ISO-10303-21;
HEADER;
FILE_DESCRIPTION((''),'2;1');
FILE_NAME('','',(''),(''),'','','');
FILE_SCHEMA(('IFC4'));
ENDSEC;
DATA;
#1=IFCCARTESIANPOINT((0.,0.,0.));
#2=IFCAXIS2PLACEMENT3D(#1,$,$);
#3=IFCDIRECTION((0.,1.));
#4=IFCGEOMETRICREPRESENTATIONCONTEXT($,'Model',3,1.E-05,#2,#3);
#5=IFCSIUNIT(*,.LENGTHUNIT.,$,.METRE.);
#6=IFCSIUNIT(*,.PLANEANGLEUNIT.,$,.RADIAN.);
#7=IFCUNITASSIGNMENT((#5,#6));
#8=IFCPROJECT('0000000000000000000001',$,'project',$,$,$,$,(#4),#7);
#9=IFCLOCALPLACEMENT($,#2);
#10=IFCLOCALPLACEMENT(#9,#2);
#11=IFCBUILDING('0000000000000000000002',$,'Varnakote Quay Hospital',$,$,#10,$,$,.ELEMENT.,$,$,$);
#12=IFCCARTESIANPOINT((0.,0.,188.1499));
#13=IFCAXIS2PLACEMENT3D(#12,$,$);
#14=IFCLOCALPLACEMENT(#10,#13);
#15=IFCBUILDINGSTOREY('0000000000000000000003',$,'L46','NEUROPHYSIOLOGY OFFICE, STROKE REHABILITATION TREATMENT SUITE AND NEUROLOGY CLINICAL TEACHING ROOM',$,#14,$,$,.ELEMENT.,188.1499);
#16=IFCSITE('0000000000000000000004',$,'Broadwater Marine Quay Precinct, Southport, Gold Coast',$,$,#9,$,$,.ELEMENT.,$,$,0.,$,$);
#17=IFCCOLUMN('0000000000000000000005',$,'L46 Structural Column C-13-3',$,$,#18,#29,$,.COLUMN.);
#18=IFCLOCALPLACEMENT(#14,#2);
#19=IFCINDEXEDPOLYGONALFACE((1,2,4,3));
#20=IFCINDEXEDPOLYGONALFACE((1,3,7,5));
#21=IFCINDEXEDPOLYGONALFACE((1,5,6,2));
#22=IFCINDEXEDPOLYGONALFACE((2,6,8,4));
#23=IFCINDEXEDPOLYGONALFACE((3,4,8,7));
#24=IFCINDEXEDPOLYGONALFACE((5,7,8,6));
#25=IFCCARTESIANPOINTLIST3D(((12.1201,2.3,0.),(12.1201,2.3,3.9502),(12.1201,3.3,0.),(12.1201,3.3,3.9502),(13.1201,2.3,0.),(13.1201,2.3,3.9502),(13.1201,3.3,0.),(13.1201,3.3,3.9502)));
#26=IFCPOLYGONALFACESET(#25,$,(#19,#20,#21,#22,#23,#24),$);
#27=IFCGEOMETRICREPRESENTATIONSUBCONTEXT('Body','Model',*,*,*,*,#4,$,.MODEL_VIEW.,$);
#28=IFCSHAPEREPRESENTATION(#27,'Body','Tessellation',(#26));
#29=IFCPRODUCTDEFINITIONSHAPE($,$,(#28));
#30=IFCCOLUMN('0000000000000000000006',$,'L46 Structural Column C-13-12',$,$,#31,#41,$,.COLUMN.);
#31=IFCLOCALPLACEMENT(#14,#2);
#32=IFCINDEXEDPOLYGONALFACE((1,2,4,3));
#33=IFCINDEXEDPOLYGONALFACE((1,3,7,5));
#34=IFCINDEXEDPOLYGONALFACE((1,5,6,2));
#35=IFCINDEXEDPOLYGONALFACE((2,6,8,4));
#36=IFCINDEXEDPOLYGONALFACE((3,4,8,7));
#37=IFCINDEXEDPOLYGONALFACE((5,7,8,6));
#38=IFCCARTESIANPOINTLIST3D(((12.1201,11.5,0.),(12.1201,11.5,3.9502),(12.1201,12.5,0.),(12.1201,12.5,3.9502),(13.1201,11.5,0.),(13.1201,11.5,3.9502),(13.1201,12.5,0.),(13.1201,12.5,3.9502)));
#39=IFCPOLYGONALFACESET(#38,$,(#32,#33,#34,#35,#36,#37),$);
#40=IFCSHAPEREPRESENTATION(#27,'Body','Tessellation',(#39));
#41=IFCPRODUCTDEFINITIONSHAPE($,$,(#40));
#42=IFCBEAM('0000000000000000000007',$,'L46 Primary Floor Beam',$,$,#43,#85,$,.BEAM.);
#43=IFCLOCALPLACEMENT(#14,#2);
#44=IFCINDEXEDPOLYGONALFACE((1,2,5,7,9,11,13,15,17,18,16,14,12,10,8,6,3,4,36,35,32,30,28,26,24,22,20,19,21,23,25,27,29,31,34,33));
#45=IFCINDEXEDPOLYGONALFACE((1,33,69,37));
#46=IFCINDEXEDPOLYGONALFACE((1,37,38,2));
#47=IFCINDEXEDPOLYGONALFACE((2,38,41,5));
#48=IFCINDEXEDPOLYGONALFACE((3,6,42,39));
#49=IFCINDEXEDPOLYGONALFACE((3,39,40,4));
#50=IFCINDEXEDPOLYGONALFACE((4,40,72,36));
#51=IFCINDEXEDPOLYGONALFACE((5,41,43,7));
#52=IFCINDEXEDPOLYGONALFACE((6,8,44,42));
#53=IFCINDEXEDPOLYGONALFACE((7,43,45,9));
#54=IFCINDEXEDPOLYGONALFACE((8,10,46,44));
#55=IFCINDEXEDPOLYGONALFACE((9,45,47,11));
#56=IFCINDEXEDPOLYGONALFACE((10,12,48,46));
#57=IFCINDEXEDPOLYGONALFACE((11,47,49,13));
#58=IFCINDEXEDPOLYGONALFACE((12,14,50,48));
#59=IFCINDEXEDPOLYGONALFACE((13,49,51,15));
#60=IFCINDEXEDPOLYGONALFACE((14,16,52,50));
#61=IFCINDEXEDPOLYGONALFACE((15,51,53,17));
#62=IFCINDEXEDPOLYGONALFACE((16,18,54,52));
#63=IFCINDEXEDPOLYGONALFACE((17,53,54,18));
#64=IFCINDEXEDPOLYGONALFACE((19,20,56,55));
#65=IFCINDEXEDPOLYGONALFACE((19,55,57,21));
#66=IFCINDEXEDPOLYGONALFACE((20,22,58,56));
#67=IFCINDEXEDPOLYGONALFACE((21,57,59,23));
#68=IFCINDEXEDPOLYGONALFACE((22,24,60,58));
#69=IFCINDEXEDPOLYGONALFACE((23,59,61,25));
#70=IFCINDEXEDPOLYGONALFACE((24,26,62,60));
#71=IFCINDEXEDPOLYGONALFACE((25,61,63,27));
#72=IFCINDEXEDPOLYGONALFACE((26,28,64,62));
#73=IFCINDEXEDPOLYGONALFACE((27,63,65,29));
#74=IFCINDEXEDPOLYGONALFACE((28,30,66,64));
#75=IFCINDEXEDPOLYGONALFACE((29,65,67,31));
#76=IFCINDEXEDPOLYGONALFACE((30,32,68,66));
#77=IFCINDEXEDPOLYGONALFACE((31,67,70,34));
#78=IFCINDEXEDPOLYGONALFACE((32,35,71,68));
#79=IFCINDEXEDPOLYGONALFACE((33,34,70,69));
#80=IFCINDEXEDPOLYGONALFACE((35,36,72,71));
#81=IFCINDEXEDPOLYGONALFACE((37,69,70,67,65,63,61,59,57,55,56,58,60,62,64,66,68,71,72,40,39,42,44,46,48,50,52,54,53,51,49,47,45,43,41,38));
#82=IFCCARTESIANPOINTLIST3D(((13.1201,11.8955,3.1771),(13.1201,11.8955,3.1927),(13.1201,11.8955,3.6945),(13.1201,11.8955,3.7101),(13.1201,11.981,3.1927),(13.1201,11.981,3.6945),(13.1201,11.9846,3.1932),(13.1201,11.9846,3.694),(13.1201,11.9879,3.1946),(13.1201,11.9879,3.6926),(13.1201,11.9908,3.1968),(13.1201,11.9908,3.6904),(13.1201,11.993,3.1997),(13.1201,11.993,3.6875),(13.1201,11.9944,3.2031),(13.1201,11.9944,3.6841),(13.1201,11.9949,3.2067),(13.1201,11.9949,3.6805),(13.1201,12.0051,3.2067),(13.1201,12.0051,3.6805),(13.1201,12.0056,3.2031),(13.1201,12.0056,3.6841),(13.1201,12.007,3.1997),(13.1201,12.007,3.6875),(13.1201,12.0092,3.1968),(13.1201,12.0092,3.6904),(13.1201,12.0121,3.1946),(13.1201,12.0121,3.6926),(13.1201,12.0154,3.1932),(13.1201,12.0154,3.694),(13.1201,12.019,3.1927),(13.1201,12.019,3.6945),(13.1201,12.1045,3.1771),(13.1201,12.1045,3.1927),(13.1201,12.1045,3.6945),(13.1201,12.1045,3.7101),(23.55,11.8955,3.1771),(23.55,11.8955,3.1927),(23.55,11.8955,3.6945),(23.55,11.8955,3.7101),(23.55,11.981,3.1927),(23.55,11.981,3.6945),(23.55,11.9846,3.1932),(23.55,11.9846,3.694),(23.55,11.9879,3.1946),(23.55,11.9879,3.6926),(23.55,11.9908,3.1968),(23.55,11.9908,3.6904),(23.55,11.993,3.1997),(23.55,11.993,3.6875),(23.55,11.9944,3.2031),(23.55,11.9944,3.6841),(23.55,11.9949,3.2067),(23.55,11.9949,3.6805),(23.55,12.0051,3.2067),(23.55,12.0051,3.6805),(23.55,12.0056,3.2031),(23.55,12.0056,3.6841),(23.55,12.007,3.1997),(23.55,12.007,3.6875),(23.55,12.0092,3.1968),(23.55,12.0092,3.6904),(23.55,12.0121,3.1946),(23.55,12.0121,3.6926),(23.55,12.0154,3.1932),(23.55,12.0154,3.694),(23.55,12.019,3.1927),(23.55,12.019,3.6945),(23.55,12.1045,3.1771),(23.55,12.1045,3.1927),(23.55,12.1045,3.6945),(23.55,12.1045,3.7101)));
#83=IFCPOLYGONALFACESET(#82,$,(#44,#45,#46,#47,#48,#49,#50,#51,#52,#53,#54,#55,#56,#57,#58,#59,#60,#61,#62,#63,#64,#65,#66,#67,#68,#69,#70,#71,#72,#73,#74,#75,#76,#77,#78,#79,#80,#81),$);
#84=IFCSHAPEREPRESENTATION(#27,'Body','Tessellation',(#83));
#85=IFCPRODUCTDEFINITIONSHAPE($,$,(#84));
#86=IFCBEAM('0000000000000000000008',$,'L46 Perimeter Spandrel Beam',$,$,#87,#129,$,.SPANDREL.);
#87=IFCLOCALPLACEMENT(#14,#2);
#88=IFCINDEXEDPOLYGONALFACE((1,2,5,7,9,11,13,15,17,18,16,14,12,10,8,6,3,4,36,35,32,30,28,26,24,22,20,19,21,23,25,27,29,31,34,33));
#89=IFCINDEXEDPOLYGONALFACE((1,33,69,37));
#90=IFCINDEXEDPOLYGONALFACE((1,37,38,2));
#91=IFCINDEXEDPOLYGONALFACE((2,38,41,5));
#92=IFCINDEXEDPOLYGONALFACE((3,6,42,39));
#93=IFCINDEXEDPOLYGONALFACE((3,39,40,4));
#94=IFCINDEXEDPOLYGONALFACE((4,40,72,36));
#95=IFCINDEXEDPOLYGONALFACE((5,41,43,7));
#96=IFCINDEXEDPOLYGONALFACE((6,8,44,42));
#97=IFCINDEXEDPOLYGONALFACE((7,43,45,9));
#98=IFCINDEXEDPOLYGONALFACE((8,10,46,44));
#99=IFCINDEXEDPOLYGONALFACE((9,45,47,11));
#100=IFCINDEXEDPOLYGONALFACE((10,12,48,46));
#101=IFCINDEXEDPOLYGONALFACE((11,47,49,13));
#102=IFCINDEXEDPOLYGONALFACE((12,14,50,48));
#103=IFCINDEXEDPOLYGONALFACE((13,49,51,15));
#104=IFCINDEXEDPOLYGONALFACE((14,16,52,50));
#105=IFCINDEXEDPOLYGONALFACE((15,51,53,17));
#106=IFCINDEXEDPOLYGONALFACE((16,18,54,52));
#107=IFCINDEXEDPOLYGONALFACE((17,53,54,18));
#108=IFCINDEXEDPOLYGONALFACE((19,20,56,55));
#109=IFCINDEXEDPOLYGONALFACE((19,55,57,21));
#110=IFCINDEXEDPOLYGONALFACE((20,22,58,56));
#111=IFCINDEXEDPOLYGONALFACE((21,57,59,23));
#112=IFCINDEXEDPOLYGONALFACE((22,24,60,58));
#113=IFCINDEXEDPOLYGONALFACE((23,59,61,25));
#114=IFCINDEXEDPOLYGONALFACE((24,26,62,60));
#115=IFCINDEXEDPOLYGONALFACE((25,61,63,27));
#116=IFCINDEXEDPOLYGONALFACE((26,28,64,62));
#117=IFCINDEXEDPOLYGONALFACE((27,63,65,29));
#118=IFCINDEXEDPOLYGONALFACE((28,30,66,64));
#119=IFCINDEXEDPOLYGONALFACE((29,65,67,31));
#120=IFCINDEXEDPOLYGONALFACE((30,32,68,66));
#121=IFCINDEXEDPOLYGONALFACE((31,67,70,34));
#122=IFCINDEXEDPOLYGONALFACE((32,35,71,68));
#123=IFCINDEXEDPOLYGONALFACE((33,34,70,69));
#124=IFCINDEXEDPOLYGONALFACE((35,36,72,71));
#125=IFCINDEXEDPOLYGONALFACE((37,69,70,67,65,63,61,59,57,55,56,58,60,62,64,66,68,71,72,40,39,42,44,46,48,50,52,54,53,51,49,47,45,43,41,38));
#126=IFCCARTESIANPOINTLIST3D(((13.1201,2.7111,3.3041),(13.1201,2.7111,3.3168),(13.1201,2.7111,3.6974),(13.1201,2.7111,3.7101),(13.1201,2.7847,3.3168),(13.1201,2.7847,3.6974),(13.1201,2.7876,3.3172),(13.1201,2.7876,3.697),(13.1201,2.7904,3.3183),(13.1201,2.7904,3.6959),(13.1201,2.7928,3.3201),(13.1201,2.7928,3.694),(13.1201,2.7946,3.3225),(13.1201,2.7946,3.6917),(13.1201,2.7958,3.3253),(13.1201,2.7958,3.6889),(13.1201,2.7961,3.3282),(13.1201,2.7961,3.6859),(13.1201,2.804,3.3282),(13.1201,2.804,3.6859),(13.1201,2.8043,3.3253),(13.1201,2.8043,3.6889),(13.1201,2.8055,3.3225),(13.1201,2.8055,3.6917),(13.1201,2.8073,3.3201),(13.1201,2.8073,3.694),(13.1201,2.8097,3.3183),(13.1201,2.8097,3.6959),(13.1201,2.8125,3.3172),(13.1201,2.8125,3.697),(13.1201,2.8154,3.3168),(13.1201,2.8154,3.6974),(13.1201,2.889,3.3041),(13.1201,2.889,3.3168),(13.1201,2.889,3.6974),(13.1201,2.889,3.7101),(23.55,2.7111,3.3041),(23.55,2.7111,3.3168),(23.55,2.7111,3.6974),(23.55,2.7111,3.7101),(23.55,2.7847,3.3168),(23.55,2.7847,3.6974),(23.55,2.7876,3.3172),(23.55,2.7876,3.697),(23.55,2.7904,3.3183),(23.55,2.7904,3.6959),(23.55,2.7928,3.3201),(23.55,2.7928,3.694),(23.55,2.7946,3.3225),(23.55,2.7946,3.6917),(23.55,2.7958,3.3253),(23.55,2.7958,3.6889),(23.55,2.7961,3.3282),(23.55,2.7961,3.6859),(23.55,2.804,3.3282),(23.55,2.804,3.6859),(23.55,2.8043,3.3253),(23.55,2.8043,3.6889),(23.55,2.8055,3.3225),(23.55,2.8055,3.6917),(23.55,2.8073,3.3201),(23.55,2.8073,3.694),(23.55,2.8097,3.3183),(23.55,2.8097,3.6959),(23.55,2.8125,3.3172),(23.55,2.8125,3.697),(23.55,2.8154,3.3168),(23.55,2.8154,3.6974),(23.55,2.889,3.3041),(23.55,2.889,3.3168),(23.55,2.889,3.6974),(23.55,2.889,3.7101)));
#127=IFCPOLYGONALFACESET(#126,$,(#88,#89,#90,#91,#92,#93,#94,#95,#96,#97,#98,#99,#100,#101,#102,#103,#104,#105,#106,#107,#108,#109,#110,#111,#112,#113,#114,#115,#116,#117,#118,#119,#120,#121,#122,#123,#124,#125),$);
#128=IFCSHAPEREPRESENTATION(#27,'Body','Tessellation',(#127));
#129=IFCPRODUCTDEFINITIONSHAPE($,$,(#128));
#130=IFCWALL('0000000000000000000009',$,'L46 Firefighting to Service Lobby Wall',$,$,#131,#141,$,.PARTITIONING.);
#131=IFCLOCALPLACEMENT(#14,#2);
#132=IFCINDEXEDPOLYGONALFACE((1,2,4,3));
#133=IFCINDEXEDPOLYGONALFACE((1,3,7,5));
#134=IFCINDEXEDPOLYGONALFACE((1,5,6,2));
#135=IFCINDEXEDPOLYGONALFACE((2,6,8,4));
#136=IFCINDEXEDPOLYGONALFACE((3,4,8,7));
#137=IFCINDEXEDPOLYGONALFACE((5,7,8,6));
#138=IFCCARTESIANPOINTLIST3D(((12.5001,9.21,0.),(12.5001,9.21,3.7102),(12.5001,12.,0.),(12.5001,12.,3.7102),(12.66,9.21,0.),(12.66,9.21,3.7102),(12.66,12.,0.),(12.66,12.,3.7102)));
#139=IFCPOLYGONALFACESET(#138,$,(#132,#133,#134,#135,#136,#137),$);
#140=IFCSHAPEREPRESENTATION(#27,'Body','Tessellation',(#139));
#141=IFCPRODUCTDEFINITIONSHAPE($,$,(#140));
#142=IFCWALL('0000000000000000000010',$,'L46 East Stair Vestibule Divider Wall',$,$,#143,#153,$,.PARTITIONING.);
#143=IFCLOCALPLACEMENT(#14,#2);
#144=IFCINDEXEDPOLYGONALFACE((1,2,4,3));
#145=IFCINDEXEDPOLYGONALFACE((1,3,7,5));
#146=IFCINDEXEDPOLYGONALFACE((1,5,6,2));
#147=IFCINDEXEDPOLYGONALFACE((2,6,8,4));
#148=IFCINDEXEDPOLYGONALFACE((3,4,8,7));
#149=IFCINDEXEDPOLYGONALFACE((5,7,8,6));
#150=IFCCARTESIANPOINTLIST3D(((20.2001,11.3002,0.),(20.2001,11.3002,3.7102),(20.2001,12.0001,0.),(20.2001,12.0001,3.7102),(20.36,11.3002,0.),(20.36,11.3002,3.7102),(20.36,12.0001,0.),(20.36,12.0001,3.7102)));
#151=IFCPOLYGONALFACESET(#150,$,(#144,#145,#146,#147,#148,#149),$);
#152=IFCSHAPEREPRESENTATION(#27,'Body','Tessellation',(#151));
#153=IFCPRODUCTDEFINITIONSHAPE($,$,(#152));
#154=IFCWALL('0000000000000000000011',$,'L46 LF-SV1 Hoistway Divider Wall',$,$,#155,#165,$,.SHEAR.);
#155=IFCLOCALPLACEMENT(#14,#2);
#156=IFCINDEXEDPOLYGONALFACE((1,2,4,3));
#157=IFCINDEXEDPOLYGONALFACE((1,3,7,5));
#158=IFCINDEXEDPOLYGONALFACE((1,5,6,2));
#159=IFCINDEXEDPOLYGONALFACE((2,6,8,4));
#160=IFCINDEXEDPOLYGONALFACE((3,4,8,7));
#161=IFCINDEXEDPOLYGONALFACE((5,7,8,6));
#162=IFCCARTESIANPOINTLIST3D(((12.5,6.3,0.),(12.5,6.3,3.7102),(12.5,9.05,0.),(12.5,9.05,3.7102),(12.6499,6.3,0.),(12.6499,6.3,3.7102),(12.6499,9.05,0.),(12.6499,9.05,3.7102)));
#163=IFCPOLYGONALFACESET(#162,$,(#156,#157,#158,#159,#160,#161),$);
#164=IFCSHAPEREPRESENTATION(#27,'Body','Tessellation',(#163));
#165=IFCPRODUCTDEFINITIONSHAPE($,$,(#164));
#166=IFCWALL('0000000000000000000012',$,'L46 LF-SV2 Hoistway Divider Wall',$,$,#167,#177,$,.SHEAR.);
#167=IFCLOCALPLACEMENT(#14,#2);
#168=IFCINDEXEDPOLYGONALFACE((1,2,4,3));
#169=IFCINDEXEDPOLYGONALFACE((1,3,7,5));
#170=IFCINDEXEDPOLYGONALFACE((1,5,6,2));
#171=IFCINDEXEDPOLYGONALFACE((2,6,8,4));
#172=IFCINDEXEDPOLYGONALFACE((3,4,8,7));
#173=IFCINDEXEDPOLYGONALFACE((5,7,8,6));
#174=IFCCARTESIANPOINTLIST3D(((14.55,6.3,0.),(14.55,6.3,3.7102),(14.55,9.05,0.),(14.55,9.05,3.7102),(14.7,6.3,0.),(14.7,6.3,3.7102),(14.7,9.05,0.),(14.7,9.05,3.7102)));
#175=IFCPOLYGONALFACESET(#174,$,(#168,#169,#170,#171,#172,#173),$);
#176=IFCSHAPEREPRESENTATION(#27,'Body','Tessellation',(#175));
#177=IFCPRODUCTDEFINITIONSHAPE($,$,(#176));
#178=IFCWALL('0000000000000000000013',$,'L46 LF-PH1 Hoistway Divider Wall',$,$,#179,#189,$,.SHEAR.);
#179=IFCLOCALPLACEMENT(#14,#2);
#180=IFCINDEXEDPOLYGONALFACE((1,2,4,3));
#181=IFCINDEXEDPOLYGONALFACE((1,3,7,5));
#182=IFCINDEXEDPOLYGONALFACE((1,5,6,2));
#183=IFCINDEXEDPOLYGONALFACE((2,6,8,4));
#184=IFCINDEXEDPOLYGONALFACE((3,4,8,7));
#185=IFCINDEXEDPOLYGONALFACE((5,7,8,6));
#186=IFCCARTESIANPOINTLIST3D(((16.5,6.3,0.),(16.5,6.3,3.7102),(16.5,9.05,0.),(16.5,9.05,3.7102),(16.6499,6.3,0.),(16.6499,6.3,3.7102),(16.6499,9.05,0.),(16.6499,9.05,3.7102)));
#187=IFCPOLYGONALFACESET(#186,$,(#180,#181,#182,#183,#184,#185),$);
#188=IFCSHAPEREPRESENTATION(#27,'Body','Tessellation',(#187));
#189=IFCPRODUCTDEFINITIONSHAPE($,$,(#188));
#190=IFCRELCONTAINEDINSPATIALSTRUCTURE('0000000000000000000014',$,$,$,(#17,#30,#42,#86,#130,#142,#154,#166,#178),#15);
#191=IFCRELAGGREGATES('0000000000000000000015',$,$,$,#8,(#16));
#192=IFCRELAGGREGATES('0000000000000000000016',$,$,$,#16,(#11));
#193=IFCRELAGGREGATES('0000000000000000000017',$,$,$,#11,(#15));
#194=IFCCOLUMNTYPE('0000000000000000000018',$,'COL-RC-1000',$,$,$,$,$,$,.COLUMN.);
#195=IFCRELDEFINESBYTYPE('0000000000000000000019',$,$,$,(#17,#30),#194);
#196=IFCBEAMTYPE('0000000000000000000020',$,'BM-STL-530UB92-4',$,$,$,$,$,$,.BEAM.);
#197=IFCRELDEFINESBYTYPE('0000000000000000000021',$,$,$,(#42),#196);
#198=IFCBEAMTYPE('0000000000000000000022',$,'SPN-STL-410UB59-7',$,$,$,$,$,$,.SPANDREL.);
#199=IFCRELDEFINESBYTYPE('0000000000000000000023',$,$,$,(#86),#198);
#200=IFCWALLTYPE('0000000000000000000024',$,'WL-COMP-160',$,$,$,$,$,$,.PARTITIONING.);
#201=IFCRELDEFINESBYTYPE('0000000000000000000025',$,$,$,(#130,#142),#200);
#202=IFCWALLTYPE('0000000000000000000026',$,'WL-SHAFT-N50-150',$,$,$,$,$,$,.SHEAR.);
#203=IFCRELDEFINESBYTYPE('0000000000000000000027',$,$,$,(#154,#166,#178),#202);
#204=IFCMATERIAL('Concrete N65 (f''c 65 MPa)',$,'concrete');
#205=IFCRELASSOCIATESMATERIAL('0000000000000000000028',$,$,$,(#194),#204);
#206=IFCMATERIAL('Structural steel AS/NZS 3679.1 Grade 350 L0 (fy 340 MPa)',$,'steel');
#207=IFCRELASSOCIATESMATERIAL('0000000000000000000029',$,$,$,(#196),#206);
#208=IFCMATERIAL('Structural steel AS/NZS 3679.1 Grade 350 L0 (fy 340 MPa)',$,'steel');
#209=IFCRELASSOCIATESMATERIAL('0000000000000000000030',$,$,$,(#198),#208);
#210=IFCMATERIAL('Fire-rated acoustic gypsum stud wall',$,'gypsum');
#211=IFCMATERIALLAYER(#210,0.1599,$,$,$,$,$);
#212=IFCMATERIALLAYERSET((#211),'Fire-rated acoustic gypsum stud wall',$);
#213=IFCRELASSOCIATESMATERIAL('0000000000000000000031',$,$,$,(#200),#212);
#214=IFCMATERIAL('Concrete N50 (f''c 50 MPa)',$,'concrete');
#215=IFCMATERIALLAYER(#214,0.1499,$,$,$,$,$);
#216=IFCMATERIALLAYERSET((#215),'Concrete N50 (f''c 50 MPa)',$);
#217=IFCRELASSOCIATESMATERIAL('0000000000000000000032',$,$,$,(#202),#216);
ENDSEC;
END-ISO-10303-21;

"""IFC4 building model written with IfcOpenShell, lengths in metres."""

from ifc_helpers import new_model, si_unit, direction, frame, frame_2d, origin, origin_2d, place, context, subcontext, project, spatial, rectangle, i_section, extrude, material, layer, layer_set, material_profile, profile_set, type_object, element, save


model = new_model("IFC4")

# Units and contexts
model_context = context("Model", 3, precision=1e-05, world=origin(), true_north=direction((0.0, 1.0)))
body_context = subcontext(model_context, "Body", "Model", "MODEL_VIEW")
ifc_project = project(units=[si_unit("LENGTHUNIT", "METRE"), si_unit("PLANEANGLEUNIT", "RADIAN")], contexts=[model_context])

# Site, building, storey
site_placement = place(None, origin())
site = spatial("IfcSite", under=ifc_project, at=site_placement, Name="Broadwater Marine Quay Precinct, Southport, Gold Coast", CompositionType="ELEMENT", RefElevation=0.0)
building_placement = place(site_placement, origin())
building = spatial("IfcBuilding", under=site, at=building_placement, Name="Varnakote Quay Hospital", CompositionType="ELEMENT")
storey_placement = place(building_placement, frame((0.0, 0.0, 188.1499)))
storey = spatial("IfcBuildingStorey", under=building, at=storey_placement, Name="L46", Description="NEUROPHYSIOLOGY OFFICE, STROKE REHABILITATION TREATMENT SUITE AND NEUROLOGY CLINICAL TEACHING ROOM", CompositionType="ELEMENT", Elevation=188.1499)

# Columns
ifc_material_1 = material(Name="Concrete N65 (f'c 65 MPa)", Category="concrete")
ifc_material_profile_1 = material_profile(ifc_material_1, rectangle(XDim=1.0, YDim=1.0, at=origin_2d()), Name="RC-COL-1000x1000")
ifc_profile_set_1 = profile_set([ifc_material_profile_1], Name="Concrete N65 (f'c 65 MPa)")
column_type = type_object("IfcColumnType", Name="COL-RC-1000", PredefinedType="COLUMN", material=ifc_profile_set_1)
for number, where, z_axis, x_axis, name in (
    (1, (12.6201, 2.8, 0.0), (0.0, 0.0, 1.0), (1.0, 0.0, 0.0), "L46 Structural Column C-13-3"),
    (2, (12.6201, 12.0, 0.0), (0.0, 0.0, 1.0), (1.0, 0.0, 0.0), "L46 Structural Column C-13-12"),
):
    element("IfcColumn", number, at=place(storey_placement, frame(where, z_axis=z_axis, x_axis=x_axis)), inside=storey, type_object=column_type, Name=name, PredefinedType="COLUMN", context=body_context, shape_type="SweptSolid", body=[
        extrude(rectangle(XDim=1.0, YDim=1.0, at=origin_2d()), origin(), (0.0, 0.0, 1.0), 3.9502),
    ])

# Beams
ifc_material_2 = material(Name="Structural steel AS/NZS 3679.1 Grade 350 L0 (fy 340 MPa)", Category="steel")
ifc_material_profile_2 = material_profile(ifc_material_2, i_section(OverallWidth=0.209, OverallDepth=0.533, WebThickness=0.0103, FlangeThickness=0.0156, FilletRadius=0.0139, at=origin_2d()), Name="530UB92.4")
ifc_profile_set_2 = profile_set([ifc_material_profile_2], Name="Structural steel AS/NZS 3679.1 Grade 350 L0 (fy 340 MPa)")
beam_type_1 = type_object("IfcBeamType", Name="BM-STL-530UB92-4", PredefinedType="BEAM", material=ifc_profile_set_2)
beam_1_placement = place(storey_placement, frame((13.1201, 12.0, 3.4436), z_axis=(1.0, 0.0, 0.0), x_axis=(0.0, 1.0, 0.0)))
element("IfcBeam", 3, at=beam_1_placement, inside=storey, type_object=beam_type_1, Name="L46 Primary Floor Beam", PredefinedType="BEAM", context=body_context, shape_type="SweptSolid", body=[
    extrude(i_section(OverallWidth=0.209, OverallDepth=0.533, WebThickness=0.0103, FlangeThickness=0.0156, FilletRadius=0.0139, at=origin_2d()), origin(), (0.0, 0.0, 1.0), 10.4299),
])
ifc_material_3 = material(Name="Structural steel AS/NZS 3679.1 Grade 350 L0 (fy 340 MPa)", Category="steel")
ifc_material_profile_3 = material_profile(ifc_material_3, i_section(OverallWidth=0.178, OverallDepth=0.406, WebThickness=0.0078, FlangeThickness=0.0127, FilletRadius=0.0115, at=origin_2d()), Name="410UB59.7")
ifc_profile_set_3 = profile_set([ifc_material_profile_3], Name="Structural steel AS/NZS 3679.1 Grade 350 L0 (fy 340 MPa)")
beam_type_2 = type_object("IfcBeamType", Name="SPN-STL-410UB59-7", PredefinedType="SPANDREL", material=ifc_profile_set_3)
beam_2_placement = place(storey_placement, frame((13.1201, 2.8, 3.5071), z_axis=(1.0, 0.0, 0.0), x_axis=(0.0, 1.0, 0.0)))
element("IfcBeam", 4, at=beam_2_placement, inside=storey, type_object=beam_type_2, Name="L46 Perimeter Spandrel Beam", PredefinedType="SPANDREL", context=body_context, shape_type="SweptSolid", body=[
    extrude(i_section(OverallWidth=0.178, OverallDepth=0.406, WebThickness=0.0078, FlangeThickness=0.0127, FilletRadius=0.0115, at=origin_2d()), origin(), (0.0, 0.0, 1.0), 10.4299),
])

# Walls
ifc_material_4 = material(Name="Fire-rated acoustic gypsum stud wall", Category="gypsum")
ifc_layer_1 = layer(ifc_material_4, 0.1599)
ifc_layer_set_1 = layer_set([ifc_layer_1], Name="Fire-rated acoustic gypsum stud wall")
wall_type_1 = type_object("IfcWallType", Name="WL-COMP-160", PredefinedType="PARTITIONING", material=ifc_layer_set_1)
wall_1_placement = place(storey_placement, frame((12.5801, 9.21, 0.0), z_axis=(0.0, 0.0, 1.0), x_axis=(0.0, 1.0, 0.0)))
element("IfcWall", 5, at=wall_1_placement, inside=storey, type_object=wall_type_1, Name="L46 Firefighting to Service Lobby Wall", PredefinedType="PARTITIONING", context=body_context, shape_type="SweptSolid", body=[
    extrude(rectangle(XDim=2.79, YDim=0.1599, at=frame_2d((1.395, 0.0))), origin(), (0.0, 0.0, 1.0), 3.7102),
])
wall_2_placement = place(storey_placement, frame((20.28, 11.3, 0.0), z_axis=(0.0, 0.0, 1.0), x_axis=(0.0, 1.0, 0.0)))
element("IfcWall", 6, at=wall_2_placement, inside=storey, type_object=wall_type_1, Name="L46 East Stair Vestibule Divider Wall", PredefinedType="PARTITIONING", context=body_context, shape_type="SweptSolid", body=[
    extrude(rectangle(XDim=0.7, YDim=0.1599, at=frame_2d((0.3501, 0.0))), origin(), (0.0, 0.0, 1.0), 3.7102),
])
ifc_material_5 = material(Name="Concrete N50 (f'c 50 MPa)", Category="concrete")
ifc_layer_2 = layer(ifc_material_5, 0.1499)
ifc_layer_set_2 = layer_set([ifc_layer_2], Name="Concrete N50 (f'c 50 MPa)")
wall_type_2 = type_object("IfcWallType", Name="WL-SHAFT-N50-150", PredefinedType="SHEAR", material=ifc_layer_set_2)
for number, where, z_axis, x_axis, name in (
    (7, (12.575, 6.3, 0.0), (0.0, 0.0, 1.0), (0.0, 1.0, 0.0), "L46 LF-SV1 Hoistway Divider Wall"),
    (8, (14.625, 6.3, 0.0), (0.0, 0.0, 1.0), (0.0, 1.0, 0.0), "L46 LF-SV2 Hoistway Divider Wall"),
    (9, (16.575, 6.3, 0.0), (0.0, 0.0, 1.0), (0.0, 1.0, 0.0), "L46 LF-PH1 Hoistway Divider Wall"),
):
    element("IfcWall", number, at=place(storey_placement, frame(where, z_axis=z_axis, x_axis=x_axis)), inside=storey, type_object=wall_type_2, Name=name, PredefinedType="SHEAR", context=body_context, shape_type="SweptSolid", body=[
        extrude(rectangle(XDim=2.75, YDim=0.1499, at=frame_2d((1.375, 0.0))), origin(), (0.0, 0.0, 1.0), 3.7102),
    ])

save(model, "model.ifc")
